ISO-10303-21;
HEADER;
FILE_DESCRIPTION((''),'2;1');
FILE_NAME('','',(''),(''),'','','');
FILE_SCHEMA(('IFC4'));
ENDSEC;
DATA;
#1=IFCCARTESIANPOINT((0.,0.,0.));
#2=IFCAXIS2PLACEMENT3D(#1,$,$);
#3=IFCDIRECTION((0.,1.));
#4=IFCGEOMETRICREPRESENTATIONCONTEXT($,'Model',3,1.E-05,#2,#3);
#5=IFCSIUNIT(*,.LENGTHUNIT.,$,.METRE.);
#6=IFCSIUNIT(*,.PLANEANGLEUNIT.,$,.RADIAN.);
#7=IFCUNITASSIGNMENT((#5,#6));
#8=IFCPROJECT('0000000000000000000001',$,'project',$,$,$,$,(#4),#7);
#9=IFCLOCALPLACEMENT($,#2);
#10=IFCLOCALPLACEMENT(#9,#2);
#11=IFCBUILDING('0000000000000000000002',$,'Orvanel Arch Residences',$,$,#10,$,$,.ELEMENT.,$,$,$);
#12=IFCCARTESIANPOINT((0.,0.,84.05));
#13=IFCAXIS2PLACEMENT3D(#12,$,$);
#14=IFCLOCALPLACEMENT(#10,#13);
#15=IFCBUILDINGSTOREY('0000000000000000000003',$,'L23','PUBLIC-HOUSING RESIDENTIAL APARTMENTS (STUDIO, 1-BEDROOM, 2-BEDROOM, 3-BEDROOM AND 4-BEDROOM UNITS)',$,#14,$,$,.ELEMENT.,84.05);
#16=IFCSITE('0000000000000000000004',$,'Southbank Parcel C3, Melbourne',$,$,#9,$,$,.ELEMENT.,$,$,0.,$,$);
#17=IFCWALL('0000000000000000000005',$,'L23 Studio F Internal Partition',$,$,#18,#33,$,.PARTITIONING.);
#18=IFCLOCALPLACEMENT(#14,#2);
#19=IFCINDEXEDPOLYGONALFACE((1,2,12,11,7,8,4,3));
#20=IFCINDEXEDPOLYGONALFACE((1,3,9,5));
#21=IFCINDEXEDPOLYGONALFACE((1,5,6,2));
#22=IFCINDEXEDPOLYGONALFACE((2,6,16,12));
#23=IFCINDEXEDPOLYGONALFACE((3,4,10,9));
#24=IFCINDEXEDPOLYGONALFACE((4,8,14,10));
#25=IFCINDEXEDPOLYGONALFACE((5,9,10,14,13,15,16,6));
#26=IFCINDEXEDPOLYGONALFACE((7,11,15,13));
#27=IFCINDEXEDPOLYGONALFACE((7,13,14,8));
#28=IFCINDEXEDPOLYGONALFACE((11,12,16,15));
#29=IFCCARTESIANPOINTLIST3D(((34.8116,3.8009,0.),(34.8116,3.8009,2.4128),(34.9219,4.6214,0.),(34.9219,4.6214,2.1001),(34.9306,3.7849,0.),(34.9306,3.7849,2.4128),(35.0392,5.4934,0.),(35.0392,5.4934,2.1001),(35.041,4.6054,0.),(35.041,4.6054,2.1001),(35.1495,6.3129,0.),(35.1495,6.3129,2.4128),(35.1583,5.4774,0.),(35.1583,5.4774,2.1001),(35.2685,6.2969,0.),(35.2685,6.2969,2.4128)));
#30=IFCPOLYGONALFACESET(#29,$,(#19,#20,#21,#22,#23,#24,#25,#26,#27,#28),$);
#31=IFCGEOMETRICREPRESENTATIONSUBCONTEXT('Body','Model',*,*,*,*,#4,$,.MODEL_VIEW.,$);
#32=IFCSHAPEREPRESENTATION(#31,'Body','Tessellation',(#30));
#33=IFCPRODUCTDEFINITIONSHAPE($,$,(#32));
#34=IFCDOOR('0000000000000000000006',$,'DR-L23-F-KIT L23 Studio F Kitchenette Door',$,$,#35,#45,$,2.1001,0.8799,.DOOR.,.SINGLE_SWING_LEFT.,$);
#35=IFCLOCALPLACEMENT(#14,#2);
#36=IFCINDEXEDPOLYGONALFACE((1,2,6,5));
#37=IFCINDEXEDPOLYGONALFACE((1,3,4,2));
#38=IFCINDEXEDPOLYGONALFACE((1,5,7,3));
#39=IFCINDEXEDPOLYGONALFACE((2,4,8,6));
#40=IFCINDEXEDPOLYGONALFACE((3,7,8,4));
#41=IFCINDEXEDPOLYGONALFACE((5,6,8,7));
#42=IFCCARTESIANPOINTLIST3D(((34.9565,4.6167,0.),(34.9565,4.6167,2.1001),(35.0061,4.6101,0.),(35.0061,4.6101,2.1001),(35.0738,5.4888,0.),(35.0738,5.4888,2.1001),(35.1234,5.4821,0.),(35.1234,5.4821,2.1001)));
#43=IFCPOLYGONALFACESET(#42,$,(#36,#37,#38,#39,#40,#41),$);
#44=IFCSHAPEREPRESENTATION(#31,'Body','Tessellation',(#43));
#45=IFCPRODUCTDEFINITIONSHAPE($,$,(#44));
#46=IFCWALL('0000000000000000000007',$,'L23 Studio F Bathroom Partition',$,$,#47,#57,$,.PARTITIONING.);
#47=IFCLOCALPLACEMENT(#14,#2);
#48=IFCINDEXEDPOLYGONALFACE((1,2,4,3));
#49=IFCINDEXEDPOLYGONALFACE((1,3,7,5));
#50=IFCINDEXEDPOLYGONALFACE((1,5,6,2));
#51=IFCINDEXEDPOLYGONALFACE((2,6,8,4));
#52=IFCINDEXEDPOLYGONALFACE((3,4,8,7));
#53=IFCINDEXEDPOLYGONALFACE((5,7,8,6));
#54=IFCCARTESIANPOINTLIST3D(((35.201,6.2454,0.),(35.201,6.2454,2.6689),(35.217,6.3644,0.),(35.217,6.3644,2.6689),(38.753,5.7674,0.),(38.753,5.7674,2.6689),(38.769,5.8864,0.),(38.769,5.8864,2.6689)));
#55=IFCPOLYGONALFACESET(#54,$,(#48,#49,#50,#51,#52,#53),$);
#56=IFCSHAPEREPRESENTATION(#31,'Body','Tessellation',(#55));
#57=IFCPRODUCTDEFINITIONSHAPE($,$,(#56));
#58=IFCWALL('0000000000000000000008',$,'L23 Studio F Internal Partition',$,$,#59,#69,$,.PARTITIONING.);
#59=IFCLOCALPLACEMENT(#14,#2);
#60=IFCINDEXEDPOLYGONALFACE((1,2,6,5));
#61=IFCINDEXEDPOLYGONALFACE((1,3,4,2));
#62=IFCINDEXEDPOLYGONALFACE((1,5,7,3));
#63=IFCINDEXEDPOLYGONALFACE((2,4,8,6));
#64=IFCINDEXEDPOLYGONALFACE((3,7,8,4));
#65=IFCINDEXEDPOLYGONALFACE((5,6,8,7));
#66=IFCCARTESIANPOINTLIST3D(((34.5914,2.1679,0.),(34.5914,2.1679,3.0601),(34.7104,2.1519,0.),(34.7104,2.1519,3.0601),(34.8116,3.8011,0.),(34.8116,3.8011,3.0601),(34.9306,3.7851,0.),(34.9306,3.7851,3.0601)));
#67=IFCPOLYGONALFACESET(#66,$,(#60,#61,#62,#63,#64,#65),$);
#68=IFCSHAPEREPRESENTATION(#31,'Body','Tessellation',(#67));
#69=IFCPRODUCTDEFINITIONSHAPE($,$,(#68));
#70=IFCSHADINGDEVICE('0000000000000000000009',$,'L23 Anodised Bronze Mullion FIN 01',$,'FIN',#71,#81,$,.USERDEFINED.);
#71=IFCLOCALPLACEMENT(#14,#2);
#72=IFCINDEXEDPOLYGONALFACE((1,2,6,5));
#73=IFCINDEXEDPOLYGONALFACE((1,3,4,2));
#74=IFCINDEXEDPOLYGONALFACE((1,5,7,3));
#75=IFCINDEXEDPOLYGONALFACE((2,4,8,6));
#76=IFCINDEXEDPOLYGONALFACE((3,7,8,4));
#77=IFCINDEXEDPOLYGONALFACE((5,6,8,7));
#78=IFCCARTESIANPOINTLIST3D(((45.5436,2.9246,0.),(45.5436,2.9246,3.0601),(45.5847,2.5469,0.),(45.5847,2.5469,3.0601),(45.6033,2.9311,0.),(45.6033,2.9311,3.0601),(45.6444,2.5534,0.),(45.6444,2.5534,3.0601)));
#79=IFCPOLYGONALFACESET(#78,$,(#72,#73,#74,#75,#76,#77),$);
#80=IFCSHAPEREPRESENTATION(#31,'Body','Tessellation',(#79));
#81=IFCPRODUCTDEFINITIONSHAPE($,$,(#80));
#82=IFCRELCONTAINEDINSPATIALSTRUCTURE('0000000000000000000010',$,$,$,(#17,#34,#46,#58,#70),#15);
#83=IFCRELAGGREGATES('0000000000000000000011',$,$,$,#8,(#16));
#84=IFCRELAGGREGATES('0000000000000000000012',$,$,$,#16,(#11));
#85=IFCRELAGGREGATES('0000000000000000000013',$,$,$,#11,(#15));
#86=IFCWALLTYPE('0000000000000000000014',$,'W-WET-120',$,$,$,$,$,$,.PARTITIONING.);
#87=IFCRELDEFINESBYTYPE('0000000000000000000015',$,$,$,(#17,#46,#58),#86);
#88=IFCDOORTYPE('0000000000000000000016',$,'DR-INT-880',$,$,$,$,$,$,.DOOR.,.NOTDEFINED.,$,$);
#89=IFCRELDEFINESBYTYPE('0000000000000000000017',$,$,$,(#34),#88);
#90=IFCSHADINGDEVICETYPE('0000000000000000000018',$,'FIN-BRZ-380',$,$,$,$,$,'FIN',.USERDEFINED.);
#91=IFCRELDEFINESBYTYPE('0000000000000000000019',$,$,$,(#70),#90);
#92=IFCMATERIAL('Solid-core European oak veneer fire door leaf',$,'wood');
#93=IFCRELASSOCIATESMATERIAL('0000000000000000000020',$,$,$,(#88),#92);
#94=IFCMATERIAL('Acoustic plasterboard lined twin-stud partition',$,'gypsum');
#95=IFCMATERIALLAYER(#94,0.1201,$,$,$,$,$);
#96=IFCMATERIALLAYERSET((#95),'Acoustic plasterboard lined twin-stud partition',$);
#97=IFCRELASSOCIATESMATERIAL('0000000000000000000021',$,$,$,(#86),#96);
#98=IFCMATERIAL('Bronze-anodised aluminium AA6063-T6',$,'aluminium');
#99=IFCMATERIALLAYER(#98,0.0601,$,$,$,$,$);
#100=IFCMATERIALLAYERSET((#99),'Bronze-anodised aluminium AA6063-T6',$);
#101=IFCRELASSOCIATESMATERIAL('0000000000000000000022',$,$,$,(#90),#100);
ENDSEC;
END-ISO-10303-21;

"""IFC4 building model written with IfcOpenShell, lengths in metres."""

from ifc_helpers import new_model, si_unit, direction, frame, frame_2d, origin, origin_2d, place, context, subcontext, project, spatial, rectangle, extrude, material, layer, layer_set, type_object, element, fill, save


model = new_model("IFC4")

# Units and contexts
model_context = context("Model", 3, precision=1e-05, world=origin(), true_north=direction((0.0, 1.0)))
body_context = subcontext(model_context, "Body", "Model", "MODEL_VIEW")
ifc_project = project(units=[si_unit("LENGTHUNIT", "METRE"), si_unit("PLANEANGLEUNIT", "RADIAN")], contexts=[model_context])

# Site, building, storey
site_placement = place(None, origin())
site = spatial("IfcSite", under=ifc_project, at=site_placement, Name="Southbank Parcel C3, Melbourne", CompositionType="ELEMENT", RefElevation=0.0)
building_placement = place(site_placement, origin())
building = spatial("IfcBuilding", under=site, at=building_placement, Name="Orvanel Arch Residences", CompositionType="ELEMENT")
storey_placement = place(building_placement, frame((0.0, 0.0, 84.05)))
storey = spatial("IfcBuildingStorey", under=building, at=storey_placement, Name="L23", Description="PUBLIC-HOUSING RESIDENTIAL APARTMENTS (STUDIO, 1-BEDROOM, 2-BEDROOM, 3-BEDROOM AND 4-BEDROOM UNITS)", CompositionType="ELEMENT", Elevation=84.05)

# Shared definitions
ifc_material_1 = material(Name="Bronze-anodised aluminium AA6063-T6", Category="aluminium")

# Wall, opening, door
ifc_material_2 = material(Name="Acoustic plasterboard lined twin-stud partition", Category="gypsum")
ifc_material_3 = material(Name="Solid-core European oak veneer fire door leaf", Category="wood")
door_type = type_object("IfcDoorType", Name="DR-INT-880", OperationType="NOTDEFINED", PredefinedType="DOOR", material=ifc_material_3)
ifc_layer_1 = layer(ifc_material_2, 0.1201)
ifc_layer_set_1 = layer_set([ifc_layer_1], Name="Acoustic plasterboard lined twin-stud partition")
wall_type_1 = type_object("IfcWallType", Name="W-WET-120", PredefinedType="PARTITIONING", material=ifc_layer_set_1)
wall_1_placement = place(storey_placement, frame((35.209, 6.3049, 0.0), z_axis=(0.0, 0.0, 1.0), x_axis=(-0.133312, -0.991074, 0.0)))
wall_1 = element("IfcWall", 1, at=wall_1_placement, inside=storey, type_object=wall_type_1, Name="L23 Studio F Internal Partition", PredefinedType="PARTITIONING", context=body_context, shape_type="SweptSolid", body=[
    extrude(rectangle(XDim=2.5347, YDim=0.1201, at=frame_2d((1.2673, 0.0))), origin(), (0.0, 0.0, 1.0), 2.4128),
])
opening_1_placement = place(wall_1_placement, frame((0.8269, 0.0, 0.0)))
opening_1 = element("IfcOpeningElement", 2, at=opening_1_placement, cuts=wall_1, PredefinedType="OPENING", context=body_context, shape_type="SweptSolid", body=[
    extrude(rectangle(XDim=0.8799, YDim=2.1001, at=frame_2d((0.4399, 1.05))), frame((0.0, 0.0701, 0.0), z_axis=(0.0, -1.0, 0.0), x_axis=(1.0, 0.0, 0.0)), (0.0, 0.0, 1.0), 0.1401),
])
door_1_placement = place(opening_1_placement, origin())
door_1 = element("IfcDoor", 3, at=door_1_placement, inside=storey, type_object=door_type, Name="DR-L23-F-KIT L23 Studio F Kitchenette Door", OperationType="SINGLE_SWING_LEFT", OverallHeight=2.1001, OverallWidth=0.8799, PredefinedType="DOOR", context=body_context, shape_type="SweptSolid", body=[
    extrude(rectangle(XDim=0.8799, YDim=2.1001, at=frame_2d((0.4399, 1.05))), frame((0.0, 0.0249, 0.0), z_axis=(0.0, -1.0, 0.0), x_axis=(1.0, 0.0, 0.0)), (0.0, 0.0, 1.0), 0.05),
])
fill(opening_1, door_1)

# Walls
wall_2_placement = place(storey_placement, frame((38.761, 5.8269, 0.0), z_axis=(0.0, 0.0, 1.0), x_axis=(-0.991065, 0.133377, 0.0)))
element("IfcWall", 4, at=wall_2_placement, inside=storey, type_object=wall_type_1, Name="L23 Studio F Bathroom Partition", PredefinedType="PARTITIONING", context=body_context, shape_type="SweptSolid", body=[
    extrude(rectangle(XDim=3.584, YDim=0.1201, at=frame_2d((1.792, 0.0))), origin(), (0.0, 0.0, 1.0), 2.6689),
])
wall_3_placement = place(storey_placement, frame((34.6509, 2.1599, 0.0), z_axis=(0.0, 0.0, 1.0), x_axis=(0.133639, 0.99103, 0.0)))
element("IfcWall", 5, at=wall_3_placement, inside=storey, type_object=wall_type_1, Name="L23 Studio F Internal Partition", PredefinedType="PARTITIONING", context=body_context, shape_type="SweptSolid", body=[
    extrude(rectangle(XDim=1.6479, YDim=0.1201, at=frame_2d((0.824, 0.0))), origin(), (0.0, 0.0, 1.0), 3.0601),
])

# Shading device
ifc_layer_2 = layer(ifc_material_1, 0.0601)
ifc_layer_set_2 = layer_set([ifc_layer_2], Name="Bronze-anodised aluminium AA6063-T6")
shading_device_type = type_object("IfcShadingDeviceType", Name="FIN-BRZ-380", ElementType="FIN", PredefinedType="USERDEFINED", material=ifc_layer_set_2)
shading_device_placement = place(storey_placement, frame((45.594, 2.739, 0.0), z_axis=(0.0, 0.0, 1.0), x_axis=(0.107999, -0.994151, 0.0)))
element("IfcShadingDevice", 6, at=shading_device_placement, inside=storey, type_object=shading_device_type, Name="L23 Anodised Bronze Mullion FIN 01", ObjectType="FIN", PredefinedType="USERDEFINED", context=body_context, shape_type="SweptSolid", body=[
    extrude(rectangle(XDim=0.3799, YDim=0.0601, at=origin_2d()), origin(), (0.0, 0.0, 1.0), 3.0601),
])

save(model, "model.ifc")
